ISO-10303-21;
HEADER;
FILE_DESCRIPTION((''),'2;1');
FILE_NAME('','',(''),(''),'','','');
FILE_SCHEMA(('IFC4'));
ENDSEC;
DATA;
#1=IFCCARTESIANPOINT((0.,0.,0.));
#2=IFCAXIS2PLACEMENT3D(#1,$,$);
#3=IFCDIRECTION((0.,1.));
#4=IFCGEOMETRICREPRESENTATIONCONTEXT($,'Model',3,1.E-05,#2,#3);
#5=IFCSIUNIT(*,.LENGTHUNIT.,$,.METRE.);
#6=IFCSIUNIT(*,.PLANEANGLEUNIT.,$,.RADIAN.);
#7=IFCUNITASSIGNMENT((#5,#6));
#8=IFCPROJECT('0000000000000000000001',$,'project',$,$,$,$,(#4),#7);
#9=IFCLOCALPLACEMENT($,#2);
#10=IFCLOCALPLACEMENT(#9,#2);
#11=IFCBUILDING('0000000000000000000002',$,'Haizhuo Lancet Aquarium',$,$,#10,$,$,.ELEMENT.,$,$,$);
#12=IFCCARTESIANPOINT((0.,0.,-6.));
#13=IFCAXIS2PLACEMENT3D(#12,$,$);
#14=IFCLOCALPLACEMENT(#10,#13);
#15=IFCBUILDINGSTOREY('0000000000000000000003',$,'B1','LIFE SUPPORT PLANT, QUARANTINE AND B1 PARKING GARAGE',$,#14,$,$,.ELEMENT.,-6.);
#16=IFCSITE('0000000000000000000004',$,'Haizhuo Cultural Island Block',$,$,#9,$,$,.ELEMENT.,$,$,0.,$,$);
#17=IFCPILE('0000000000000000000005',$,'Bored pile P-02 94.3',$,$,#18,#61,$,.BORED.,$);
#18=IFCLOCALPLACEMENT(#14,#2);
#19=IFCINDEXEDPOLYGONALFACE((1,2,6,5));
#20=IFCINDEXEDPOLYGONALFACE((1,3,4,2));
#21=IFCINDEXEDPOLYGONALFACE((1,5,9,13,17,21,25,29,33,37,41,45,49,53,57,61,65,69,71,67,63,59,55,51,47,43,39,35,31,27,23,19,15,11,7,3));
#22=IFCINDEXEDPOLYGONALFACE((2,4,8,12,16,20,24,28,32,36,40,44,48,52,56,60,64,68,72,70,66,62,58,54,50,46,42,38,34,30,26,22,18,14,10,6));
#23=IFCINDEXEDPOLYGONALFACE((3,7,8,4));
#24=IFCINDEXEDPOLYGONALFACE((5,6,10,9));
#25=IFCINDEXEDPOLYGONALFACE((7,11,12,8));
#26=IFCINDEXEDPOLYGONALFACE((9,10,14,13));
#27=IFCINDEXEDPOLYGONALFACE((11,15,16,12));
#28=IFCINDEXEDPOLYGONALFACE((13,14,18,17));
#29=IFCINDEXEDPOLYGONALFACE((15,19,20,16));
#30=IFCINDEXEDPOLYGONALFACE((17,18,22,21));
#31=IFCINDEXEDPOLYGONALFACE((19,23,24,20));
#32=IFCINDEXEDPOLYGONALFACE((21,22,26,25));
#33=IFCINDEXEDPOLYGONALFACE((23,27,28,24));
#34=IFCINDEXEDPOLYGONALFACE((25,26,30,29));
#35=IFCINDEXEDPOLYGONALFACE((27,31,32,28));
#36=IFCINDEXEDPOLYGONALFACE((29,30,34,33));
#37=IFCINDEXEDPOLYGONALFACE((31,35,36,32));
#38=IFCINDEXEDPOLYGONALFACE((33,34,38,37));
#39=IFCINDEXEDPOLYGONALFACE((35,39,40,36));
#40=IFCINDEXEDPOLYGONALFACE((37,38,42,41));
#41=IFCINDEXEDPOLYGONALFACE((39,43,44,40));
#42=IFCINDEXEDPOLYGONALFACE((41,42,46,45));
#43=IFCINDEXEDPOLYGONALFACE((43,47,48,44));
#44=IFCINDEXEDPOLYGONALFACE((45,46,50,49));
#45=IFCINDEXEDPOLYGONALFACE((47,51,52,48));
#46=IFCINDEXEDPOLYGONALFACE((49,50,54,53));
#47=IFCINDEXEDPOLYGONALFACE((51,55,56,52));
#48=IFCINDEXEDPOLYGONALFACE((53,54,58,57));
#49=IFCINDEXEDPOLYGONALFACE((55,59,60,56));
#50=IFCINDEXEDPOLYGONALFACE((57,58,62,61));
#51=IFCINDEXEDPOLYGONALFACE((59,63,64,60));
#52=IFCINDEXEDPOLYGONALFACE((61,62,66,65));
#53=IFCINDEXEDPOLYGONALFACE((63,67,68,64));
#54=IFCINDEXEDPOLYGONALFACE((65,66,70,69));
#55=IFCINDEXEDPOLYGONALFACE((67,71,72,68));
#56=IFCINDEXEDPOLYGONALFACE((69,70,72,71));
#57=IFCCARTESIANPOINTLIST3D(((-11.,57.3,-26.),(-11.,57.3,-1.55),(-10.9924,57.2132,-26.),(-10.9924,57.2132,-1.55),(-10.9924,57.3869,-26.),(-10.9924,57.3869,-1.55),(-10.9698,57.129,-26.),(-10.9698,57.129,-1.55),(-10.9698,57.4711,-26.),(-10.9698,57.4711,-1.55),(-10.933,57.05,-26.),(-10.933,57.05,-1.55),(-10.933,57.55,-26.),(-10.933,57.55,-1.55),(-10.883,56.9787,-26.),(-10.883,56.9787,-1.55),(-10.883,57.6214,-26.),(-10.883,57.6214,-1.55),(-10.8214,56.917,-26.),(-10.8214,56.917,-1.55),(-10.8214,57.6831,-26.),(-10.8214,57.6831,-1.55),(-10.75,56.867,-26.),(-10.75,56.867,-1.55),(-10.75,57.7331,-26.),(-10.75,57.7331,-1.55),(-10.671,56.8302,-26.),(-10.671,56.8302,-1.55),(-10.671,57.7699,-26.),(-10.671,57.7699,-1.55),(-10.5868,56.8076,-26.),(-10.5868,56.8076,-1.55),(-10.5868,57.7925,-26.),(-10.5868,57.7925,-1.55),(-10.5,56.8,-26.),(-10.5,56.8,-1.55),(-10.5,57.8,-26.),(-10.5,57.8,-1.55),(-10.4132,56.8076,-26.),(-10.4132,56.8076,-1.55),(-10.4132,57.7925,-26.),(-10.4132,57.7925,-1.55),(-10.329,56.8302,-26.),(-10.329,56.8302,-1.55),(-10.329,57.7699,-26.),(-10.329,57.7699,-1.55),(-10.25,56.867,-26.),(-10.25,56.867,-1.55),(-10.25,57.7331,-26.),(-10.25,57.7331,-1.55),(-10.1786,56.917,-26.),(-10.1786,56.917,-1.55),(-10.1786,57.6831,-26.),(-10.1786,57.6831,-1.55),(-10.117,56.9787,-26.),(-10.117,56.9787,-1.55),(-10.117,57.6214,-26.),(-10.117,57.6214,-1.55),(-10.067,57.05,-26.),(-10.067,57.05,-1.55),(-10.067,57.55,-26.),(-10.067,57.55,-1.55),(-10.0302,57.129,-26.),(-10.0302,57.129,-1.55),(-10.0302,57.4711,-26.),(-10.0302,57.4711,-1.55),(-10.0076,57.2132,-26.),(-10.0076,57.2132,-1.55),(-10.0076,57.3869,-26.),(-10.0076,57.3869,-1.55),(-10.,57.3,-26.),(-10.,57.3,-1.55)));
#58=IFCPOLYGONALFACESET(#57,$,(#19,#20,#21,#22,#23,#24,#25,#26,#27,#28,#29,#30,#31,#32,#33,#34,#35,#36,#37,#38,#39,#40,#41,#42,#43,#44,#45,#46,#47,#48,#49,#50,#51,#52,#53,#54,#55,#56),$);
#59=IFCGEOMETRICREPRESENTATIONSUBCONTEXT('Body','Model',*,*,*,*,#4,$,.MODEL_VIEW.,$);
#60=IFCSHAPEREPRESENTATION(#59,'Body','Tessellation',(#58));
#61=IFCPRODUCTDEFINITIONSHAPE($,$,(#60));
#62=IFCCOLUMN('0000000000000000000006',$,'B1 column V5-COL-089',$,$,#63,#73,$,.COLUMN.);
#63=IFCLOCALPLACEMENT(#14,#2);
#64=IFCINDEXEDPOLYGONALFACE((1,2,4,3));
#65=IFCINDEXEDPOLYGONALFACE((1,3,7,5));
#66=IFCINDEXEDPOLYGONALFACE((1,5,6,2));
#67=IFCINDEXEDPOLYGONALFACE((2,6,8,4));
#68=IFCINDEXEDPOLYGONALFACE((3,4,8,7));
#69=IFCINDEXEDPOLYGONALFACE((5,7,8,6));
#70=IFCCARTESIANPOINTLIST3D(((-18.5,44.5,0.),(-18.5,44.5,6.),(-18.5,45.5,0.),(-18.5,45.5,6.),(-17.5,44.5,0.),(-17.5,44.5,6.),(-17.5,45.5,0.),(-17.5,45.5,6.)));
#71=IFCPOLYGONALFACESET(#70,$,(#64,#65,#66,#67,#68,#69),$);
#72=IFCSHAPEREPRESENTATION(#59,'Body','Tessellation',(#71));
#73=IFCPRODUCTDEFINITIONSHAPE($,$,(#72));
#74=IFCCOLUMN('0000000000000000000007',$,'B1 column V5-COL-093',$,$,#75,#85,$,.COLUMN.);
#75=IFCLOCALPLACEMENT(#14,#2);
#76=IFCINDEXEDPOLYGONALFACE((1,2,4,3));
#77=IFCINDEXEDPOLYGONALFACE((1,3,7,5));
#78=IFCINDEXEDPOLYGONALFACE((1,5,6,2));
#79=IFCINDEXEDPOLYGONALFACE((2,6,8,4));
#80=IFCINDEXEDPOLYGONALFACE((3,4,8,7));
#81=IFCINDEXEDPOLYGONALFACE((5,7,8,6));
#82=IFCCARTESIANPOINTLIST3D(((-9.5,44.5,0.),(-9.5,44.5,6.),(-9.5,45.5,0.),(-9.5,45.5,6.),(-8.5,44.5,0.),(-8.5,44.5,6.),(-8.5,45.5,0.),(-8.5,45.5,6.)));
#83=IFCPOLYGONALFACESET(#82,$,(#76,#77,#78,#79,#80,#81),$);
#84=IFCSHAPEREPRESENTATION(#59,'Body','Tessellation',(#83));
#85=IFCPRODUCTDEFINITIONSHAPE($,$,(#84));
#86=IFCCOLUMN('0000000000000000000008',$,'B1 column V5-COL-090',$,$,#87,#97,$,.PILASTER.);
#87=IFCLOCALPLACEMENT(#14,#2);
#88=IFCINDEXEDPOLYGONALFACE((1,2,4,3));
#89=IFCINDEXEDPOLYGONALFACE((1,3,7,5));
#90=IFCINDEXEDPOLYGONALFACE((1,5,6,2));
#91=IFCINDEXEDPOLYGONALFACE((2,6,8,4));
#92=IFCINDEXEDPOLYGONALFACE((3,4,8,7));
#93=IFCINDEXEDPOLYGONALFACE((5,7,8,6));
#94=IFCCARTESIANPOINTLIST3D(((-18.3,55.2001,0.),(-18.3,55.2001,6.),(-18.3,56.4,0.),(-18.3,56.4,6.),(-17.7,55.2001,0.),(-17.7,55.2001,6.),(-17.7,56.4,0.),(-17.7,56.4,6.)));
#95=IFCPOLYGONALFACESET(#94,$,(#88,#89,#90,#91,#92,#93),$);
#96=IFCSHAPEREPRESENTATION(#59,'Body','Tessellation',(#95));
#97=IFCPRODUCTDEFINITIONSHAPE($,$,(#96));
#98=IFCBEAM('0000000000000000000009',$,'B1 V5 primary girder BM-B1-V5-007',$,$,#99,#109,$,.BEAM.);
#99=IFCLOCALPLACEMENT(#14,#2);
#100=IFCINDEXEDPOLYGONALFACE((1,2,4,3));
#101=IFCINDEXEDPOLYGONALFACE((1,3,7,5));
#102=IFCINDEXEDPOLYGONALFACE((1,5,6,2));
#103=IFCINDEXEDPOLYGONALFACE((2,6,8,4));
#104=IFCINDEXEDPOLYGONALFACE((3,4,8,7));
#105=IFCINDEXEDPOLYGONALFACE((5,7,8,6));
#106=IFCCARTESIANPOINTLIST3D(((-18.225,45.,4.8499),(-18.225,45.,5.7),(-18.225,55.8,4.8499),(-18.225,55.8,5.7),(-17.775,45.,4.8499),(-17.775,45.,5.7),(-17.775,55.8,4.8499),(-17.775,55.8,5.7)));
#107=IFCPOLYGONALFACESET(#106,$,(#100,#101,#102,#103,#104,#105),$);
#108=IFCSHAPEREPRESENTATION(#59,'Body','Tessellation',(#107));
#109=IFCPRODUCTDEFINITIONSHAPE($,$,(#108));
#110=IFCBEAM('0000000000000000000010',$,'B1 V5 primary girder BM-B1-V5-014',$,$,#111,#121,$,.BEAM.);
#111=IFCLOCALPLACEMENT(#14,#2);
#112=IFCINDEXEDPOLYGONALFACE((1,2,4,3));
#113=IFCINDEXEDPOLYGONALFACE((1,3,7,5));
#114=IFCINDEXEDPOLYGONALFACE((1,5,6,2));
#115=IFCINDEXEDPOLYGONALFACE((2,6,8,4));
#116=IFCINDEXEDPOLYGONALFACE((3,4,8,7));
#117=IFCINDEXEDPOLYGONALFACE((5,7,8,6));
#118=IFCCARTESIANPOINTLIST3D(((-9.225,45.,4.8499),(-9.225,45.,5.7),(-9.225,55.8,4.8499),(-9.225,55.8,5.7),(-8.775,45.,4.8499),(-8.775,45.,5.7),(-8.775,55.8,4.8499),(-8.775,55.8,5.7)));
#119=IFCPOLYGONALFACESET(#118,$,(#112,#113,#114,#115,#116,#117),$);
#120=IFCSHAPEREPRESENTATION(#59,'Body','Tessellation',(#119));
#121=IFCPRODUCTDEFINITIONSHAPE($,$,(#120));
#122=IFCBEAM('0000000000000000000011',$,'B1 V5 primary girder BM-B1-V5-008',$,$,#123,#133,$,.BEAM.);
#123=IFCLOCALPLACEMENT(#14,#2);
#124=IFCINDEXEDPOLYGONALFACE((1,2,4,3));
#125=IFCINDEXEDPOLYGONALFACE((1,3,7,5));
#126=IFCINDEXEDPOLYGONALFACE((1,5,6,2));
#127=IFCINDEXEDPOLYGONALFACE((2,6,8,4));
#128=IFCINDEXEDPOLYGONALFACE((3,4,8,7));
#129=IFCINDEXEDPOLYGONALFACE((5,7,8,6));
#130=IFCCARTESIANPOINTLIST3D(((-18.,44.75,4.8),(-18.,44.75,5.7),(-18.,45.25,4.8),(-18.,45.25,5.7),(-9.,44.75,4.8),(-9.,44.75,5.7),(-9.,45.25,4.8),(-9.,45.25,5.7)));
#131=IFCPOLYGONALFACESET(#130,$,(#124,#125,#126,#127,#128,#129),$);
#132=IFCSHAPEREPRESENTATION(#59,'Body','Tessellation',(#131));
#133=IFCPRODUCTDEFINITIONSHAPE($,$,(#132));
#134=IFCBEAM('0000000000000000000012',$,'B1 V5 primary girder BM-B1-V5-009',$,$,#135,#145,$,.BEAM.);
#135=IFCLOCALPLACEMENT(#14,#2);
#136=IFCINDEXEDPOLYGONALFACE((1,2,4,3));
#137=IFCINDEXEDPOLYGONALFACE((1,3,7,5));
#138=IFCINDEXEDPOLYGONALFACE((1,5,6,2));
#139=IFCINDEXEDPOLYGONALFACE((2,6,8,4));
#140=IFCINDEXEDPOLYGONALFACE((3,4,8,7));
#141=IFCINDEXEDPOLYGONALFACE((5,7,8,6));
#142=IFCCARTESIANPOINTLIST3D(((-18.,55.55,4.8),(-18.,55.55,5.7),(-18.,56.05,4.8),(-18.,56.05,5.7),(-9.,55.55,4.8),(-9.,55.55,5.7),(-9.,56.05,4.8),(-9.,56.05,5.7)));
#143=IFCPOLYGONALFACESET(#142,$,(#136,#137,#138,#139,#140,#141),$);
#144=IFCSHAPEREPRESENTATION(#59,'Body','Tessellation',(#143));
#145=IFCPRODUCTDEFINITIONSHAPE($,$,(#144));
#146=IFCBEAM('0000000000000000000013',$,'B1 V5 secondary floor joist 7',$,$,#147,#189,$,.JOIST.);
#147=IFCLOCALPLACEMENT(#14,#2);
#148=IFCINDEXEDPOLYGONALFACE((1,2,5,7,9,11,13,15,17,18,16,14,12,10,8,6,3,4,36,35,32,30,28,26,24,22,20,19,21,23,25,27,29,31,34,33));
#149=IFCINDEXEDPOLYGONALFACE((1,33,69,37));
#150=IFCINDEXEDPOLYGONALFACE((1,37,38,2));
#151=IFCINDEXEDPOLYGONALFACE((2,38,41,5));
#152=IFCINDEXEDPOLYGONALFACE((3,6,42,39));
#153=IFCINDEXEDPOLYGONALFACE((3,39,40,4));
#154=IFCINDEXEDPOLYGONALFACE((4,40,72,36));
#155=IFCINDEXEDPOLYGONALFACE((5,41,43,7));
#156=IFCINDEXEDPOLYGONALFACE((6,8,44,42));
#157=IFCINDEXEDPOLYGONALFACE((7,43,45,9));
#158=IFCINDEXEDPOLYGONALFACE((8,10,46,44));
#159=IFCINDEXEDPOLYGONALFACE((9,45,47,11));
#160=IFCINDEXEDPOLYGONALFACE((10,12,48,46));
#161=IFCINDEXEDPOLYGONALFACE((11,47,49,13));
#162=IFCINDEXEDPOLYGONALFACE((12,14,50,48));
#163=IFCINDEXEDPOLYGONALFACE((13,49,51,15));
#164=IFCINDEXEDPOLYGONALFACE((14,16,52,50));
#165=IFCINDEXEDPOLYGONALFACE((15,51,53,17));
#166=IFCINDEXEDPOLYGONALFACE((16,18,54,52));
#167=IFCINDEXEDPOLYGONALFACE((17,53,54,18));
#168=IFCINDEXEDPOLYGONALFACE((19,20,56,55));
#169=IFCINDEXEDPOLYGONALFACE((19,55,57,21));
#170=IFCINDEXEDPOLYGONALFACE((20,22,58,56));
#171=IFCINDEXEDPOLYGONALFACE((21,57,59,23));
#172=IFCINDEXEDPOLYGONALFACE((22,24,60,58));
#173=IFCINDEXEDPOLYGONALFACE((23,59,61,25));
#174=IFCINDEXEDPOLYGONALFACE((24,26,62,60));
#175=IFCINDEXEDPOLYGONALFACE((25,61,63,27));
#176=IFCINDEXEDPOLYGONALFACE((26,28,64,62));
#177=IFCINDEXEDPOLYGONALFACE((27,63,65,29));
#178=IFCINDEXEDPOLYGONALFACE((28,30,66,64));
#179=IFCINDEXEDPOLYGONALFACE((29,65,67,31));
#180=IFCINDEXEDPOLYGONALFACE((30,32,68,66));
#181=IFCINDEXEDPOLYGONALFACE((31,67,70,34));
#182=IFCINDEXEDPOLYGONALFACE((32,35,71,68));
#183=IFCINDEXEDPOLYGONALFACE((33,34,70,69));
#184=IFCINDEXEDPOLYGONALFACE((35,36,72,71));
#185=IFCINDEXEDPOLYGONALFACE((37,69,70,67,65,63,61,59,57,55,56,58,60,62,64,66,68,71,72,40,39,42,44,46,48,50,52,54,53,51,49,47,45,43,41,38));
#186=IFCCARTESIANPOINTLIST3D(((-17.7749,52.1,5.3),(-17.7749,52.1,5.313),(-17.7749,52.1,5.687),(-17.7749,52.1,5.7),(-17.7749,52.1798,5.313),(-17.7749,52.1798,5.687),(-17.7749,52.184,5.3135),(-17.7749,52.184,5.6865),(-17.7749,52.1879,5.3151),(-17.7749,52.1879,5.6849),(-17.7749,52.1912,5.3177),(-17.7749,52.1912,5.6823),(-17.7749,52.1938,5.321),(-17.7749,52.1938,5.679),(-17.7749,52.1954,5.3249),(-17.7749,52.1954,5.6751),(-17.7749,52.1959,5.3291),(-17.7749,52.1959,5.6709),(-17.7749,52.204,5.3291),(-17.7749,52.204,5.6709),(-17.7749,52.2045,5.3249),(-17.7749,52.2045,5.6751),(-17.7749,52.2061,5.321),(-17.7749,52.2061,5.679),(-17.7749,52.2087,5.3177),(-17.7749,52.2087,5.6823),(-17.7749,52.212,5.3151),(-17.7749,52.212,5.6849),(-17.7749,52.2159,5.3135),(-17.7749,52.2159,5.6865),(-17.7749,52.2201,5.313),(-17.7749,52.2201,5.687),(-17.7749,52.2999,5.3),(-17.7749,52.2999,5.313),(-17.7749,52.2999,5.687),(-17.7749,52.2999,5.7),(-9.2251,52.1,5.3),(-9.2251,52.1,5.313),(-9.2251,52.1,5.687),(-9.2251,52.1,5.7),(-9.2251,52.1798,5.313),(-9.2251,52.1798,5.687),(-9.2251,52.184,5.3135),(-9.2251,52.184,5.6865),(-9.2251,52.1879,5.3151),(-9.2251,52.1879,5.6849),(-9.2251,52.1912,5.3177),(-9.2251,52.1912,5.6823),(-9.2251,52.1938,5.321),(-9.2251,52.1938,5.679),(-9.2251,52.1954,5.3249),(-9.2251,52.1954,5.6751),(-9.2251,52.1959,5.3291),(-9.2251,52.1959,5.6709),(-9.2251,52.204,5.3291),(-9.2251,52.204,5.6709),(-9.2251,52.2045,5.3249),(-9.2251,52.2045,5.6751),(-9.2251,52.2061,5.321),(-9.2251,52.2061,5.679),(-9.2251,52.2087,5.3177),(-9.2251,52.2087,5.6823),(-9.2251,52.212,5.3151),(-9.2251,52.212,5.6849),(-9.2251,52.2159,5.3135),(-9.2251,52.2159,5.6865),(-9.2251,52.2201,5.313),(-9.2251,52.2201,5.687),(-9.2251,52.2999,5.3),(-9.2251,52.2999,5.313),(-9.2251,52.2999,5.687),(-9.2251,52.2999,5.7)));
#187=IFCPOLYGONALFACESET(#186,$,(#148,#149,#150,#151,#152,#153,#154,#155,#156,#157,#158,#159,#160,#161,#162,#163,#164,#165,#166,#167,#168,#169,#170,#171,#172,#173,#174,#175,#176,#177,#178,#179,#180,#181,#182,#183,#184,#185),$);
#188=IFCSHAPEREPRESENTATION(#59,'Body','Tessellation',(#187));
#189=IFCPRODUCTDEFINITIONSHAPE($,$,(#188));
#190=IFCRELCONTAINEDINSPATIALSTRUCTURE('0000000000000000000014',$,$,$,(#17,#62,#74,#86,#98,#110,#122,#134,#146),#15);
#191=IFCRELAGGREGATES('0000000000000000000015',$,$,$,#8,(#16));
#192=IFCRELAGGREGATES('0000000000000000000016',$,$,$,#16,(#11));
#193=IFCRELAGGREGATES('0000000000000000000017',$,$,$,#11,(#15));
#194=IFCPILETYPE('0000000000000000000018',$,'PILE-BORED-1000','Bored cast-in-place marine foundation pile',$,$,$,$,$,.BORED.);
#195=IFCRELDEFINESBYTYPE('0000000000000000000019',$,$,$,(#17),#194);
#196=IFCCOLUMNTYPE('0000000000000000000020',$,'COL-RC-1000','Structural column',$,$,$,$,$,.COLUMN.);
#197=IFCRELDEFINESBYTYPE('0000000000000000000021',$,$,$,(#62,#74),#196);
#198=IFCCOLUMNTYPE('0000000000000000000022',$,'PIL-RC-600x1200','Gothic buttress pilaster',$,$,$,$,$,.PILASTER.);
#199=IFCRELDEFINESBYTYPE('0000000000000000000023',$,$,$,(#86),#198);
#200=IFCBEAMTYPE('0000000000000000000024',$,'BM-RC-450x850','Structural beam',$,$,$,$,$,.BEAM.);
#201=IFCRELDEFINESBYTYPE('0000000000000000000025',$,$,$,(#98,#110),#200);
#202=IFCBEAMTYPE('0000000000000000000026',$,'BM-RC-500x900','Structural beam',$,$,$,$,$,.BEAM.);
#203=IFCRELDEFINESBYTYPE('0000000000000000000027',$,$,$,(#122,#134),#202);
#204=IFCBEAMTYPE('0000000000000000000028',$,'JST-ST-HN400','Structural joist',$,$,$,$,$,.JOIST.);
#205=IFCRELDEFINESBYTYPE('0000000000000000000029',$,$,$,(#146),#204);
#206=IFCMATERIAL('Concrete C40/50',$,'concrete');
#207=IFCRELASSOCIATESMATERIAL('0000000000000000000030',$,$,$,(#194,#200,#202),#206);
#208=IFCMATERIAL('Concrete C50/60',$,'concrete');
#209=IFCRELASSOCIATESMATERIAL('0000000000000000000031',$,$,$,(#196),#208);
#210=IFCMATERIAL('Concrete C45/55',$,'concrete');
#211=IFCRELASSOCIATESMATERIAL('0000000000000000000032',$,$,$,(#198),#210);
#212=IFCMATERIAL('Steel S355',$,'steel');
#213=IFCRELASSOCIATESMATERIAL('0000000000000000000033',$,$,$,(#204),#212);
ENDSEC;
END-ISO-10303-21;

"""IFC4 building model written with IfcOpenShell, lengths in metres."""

from ifc_helpers import new_model, si_unit, direction, frame, origin, origin_2d, place, context, subcontext, project, spatial, rectangle, circle, i_section, extrude, material, material_profile, profile_set, type_object, element, save


model = new_model("IFC4")

# Units and contexts
model_context = context("Model", 3, precision=1e-05, world=origin(), true_north=direction((0.0, 1.0)))
body_context = subcontext(model_context, "Body", "Model", "MODEL_VIEW")
ifc_project = project(units=[si_unit("LENGTHUNIT", "METRE"), si_unit("PLANEANGLEUNIT", "RADIAN")], contexts=[model_context])

# Site, building, storey
site_placement = place(None, origin())
site = spatial("IfcSite", under=ifc_project, at=site_placement, Name="Haizhuo Cultural Island Block", CompositionType="ELEMENT", RefElevation=0.0)
building_placement = place(site_placement, origin())
building = spatial("IfcBuilding", under=site, at=building_placement, Name="Haizhuo Lancet Aquarium", CompositionType="ELEMENT")
storey_placement = place(building_placement, frame((0.0, 0.0, -6.0)))
storey = spatial("IfcBuildingStorey", under=building, at=storey_placement, Name="B1", Description="LIFE SUPPORT PLANT, QUARANTINE AND B1 PARKING GARAGE", CompositionType="ELEMENT", Elevation=-6.0)

# Shared definitions
ifc_material_1 = material(Name="Concrete C40/50", Category="concrete")

# Pile
ifc_material_profile_1 = material_profile(ifc_material_1, circle(Radius=0.5, at=origin_2d()), Name="PILE-1000")
ifc_profile_set_1 = profile_set([ifc_material_profile_1], Name="Concrete C40/50")
pile_type = type_object("IfcPileType", Name="PILE-BORED-1000", Description="Bored cast-in-place marine foundation pile", PredefinedType="BORED", material=ifc_profile_set_1)
for number, where, z_axis, x_axis, name in (
    (1, (-10.5, 57.3, -1.55), (0.0, 0.0, -1.0), (1.0, 0.0, 0.0), "Bored pile P-02 94.3"),
):
    element("IfcPile", number, at=place(storey_placement, frame(where, z_axis=z_axis, x_axis=x_axis)), inside=storey, type_object=pile_type, Name=name, PredefinedType="BORED", context=body_context, shape_type="SweptSolid", body=[
        extrude(circle(Radius=0.5, at=origin_2d()), origin(), (0.0, 0.0, 1.0), 24.45),
    ])

# Columns
ifc_material_2 = material(Name="Concrete C50/60", Category="concrete")
ifc_material_profile_2 = material_profile(ifc_material_2, rectangle(XDim=1.0, YDim=1.0, at=origin_2d()), Name="RC-COL 1000x1000")
ifc_profile_set_2 = profile_set([ifc_material_profile_2], Name="Concrete C50/60")
column_type_1 = type_object("IfcColumnType", Name="COL-RC-1000", Description="Structural column", PredefinedType="COLUMN", material=ifc_profile_set_2)
for number, where, z_axis, x_axis, name in (
    (2, (-18.0, 45.0, 0.0), (0.0, 0.0, 1.0), (1.0, 0.0, 0.0), "B1 column V5-COL-089"),
    (3, (-9.0, 45.0, 0.0), (0.0, 0.0, 1.0), (1.0, 0.0, 0.0), "B1 column V5-COL-093"),
):
    element("IfcColumn", number, at=place(storey_placement, frame(where, z_axis=z_axis, x_axis=x_axis)), inside=storey, type_object=column_type_1, Name=name, PredefinedType="COLUMN", context=body_context, shape_type="SweptSolid", body=[
        extrude(rectangle(XDim=1.0, YDim=1.0, at=origin_2d()), origin(), (0.0, 0.0, 1.0), 6.0),
    ])
ifc_material_3 = material(Name="Concrete C45/55", Category="concrete")
ifc_material_profile_3 = material_profile(ifc_material_3, rectangle(XDim=0.6001, YDim=1.2, at=origin_2d()), Name="RC-PIL 600x1200")
ifc_profile_set_3 = profile_set([ifc_material_profile_3], Name="Concrete C45/55")
column_type_2 = type_object("IfcColumnType", Name="PIL-RC-600x1200", Description="Gothic buttress pilaster", PredefinedType="PILASTER", material=ifc_profile_set_3)
column_placement = place(storey_placement, frame((-18.0, 55.8, 0.0), z_axis=(0.0, 0.0, 1.0), x_axis=(1.0, 0.0, 0.0)))
element("IfcColumn", 4, at=column_placement, inside=storey, type_object=column_type_2, Name="B1 column V5-COL-090", PredefinedType="PILASTER", context=body_context, shape_type="SweptSolid", body=[
    extrude(rectangle(XDim=0.6001, YDim=1.2, at=origin_2d()), origin(), (0.0, 0.0, 1.0), 6.0),
])

# Beams
ifc_material_profile_4 = material_profile(ifc_material_1, rectangle(XDim=0.45, YDim=0.8501, at=origin_2d()), Name="RC-BM 450x850")
ifc_profile_set_4 = profile_set([ifc_material_profile_4], Name="Concrete C40/50")
beam_type_1 = type_object("IfcBeamType", Name="BM-RC-450x850", Description="Structural beam", PredefinedType="BEAM", material=ifc_profile_set_4)
for number, where, z_axis, x_axis, name in (
    (5, (-18.0, 45.0, 5.2749), (0.0, 1.0, 0.0), (-1.0, 0.0, 0.0), "B1 V5 primary girder BM-B1-V5-007"),
    (6, (-9.0, 45.0, 5.2749), (0.0, 1.0, 0.0), (-1.0, 0.0, 0.0), "B1 V5 primary girder BM-B1-V5-014"),
):
    element("IfcBeam", number, at=place(storey_placement, frame(where, z_axis=z_axis, x_axis=x_axis)), inside=storey, type_object=beam_type_1, Name=name, PredefinedType="BEAM", context=body_context, shape_type="SweptSolid", body=[
        extrude(rectangle(XDim=0.45, YDim=0.8501, at=origin_2d()), origin(), (0.0, 0.0, 1.0), 10.8),
    ])
ifc_material_profile_5 = material_profile(ifc_material_1, rectangle(XDim=0.5, YDim=0.8999, at=origin_2d()), Name="RC-BM 500x900")
ifc_profile_set_5 = profile_set([ifc_material_profile_5], Name="Concrete C40/50")
beam_type_2 = type_object("IfcBeamType", Name="BM-RC-500x900", Description="Structural beam", PredefinedType="BEAM", material=ifc_profile_set_5)
for number, where, z_axis, x_axis, name in (
    (7, (-18.0, 45.0, 5.25), (1.0, 0.0, 0.0), (0.0, 1.0, 0.0), "B1 V5 primary girder BM-B1-V5-008"),
    (8, (-18.0, 55.8, 5.25), (1.0, 0.0, 0.0), (0.0, 1.0, 0.0), "B1 V5 primary girder BM-B1-V5-009"),
):
    element("IfcBeam", number, at=place(storey_placement, frame(where, z_axis=z_axis, x_axis=x_axis)), inside=storey, type_object=beam_type_2, Name=name, PredefinedType="BEAM", context=body_context, shape_type="SweptSolid", body=[
        extrude(rectangle(XDim=0.5, YDim=0.8999, at=origin_2d()), origin(), (0.0, 0.0, 1.0), 9.0),
    ])
ifc_material_4 = material(Name="Steel S355", Category="steel")
ifc_material_profile_6 = material_profile(ifc_material_4, i_section(OverallWidth=0.2, OverallDepth=0.3999, WebThickness=0.0081, FlangeThickness=0.0129, FilletRadius=0.0161, at=origin_2d()), Name="HN 400x200x8x13")
ifc_profile_set_6 = profile_set([ifc_material_profile_6], Name="Steel S355")
beam_type_3 = type_object("IfcBeamType", Name="JST-ST-HN400", Description="Structural joist", PredefinedType="JOIST", material=ifc_profile_set_6)
beam_1_placement = place(storey_placement, frame((-17.7749, 52.2, 5.5), z_axis=(1.0, 0.0, 0.0), x_axis=(0.0, 1.0, 0.0)))
element("IfcBeam", 9, at=beam_1_placement, inside=storey, type_object=beam_type_3, Name="B1 V5 secondary floor joist 7", PredefinedType="JOIST", context=body_context, shape_type="SweptSolid", body=[
    extrude(i_section(OverallWidth=0.2, OverallDepth=0.3999, WebThickness=0.0081, FlangeThickness=0.0129, FilletRadius=0.0161, at=origin_2d()), origin(), (0.0, 0.0, 1.0), 8.5498),
])

save(model, "model.ifc")
